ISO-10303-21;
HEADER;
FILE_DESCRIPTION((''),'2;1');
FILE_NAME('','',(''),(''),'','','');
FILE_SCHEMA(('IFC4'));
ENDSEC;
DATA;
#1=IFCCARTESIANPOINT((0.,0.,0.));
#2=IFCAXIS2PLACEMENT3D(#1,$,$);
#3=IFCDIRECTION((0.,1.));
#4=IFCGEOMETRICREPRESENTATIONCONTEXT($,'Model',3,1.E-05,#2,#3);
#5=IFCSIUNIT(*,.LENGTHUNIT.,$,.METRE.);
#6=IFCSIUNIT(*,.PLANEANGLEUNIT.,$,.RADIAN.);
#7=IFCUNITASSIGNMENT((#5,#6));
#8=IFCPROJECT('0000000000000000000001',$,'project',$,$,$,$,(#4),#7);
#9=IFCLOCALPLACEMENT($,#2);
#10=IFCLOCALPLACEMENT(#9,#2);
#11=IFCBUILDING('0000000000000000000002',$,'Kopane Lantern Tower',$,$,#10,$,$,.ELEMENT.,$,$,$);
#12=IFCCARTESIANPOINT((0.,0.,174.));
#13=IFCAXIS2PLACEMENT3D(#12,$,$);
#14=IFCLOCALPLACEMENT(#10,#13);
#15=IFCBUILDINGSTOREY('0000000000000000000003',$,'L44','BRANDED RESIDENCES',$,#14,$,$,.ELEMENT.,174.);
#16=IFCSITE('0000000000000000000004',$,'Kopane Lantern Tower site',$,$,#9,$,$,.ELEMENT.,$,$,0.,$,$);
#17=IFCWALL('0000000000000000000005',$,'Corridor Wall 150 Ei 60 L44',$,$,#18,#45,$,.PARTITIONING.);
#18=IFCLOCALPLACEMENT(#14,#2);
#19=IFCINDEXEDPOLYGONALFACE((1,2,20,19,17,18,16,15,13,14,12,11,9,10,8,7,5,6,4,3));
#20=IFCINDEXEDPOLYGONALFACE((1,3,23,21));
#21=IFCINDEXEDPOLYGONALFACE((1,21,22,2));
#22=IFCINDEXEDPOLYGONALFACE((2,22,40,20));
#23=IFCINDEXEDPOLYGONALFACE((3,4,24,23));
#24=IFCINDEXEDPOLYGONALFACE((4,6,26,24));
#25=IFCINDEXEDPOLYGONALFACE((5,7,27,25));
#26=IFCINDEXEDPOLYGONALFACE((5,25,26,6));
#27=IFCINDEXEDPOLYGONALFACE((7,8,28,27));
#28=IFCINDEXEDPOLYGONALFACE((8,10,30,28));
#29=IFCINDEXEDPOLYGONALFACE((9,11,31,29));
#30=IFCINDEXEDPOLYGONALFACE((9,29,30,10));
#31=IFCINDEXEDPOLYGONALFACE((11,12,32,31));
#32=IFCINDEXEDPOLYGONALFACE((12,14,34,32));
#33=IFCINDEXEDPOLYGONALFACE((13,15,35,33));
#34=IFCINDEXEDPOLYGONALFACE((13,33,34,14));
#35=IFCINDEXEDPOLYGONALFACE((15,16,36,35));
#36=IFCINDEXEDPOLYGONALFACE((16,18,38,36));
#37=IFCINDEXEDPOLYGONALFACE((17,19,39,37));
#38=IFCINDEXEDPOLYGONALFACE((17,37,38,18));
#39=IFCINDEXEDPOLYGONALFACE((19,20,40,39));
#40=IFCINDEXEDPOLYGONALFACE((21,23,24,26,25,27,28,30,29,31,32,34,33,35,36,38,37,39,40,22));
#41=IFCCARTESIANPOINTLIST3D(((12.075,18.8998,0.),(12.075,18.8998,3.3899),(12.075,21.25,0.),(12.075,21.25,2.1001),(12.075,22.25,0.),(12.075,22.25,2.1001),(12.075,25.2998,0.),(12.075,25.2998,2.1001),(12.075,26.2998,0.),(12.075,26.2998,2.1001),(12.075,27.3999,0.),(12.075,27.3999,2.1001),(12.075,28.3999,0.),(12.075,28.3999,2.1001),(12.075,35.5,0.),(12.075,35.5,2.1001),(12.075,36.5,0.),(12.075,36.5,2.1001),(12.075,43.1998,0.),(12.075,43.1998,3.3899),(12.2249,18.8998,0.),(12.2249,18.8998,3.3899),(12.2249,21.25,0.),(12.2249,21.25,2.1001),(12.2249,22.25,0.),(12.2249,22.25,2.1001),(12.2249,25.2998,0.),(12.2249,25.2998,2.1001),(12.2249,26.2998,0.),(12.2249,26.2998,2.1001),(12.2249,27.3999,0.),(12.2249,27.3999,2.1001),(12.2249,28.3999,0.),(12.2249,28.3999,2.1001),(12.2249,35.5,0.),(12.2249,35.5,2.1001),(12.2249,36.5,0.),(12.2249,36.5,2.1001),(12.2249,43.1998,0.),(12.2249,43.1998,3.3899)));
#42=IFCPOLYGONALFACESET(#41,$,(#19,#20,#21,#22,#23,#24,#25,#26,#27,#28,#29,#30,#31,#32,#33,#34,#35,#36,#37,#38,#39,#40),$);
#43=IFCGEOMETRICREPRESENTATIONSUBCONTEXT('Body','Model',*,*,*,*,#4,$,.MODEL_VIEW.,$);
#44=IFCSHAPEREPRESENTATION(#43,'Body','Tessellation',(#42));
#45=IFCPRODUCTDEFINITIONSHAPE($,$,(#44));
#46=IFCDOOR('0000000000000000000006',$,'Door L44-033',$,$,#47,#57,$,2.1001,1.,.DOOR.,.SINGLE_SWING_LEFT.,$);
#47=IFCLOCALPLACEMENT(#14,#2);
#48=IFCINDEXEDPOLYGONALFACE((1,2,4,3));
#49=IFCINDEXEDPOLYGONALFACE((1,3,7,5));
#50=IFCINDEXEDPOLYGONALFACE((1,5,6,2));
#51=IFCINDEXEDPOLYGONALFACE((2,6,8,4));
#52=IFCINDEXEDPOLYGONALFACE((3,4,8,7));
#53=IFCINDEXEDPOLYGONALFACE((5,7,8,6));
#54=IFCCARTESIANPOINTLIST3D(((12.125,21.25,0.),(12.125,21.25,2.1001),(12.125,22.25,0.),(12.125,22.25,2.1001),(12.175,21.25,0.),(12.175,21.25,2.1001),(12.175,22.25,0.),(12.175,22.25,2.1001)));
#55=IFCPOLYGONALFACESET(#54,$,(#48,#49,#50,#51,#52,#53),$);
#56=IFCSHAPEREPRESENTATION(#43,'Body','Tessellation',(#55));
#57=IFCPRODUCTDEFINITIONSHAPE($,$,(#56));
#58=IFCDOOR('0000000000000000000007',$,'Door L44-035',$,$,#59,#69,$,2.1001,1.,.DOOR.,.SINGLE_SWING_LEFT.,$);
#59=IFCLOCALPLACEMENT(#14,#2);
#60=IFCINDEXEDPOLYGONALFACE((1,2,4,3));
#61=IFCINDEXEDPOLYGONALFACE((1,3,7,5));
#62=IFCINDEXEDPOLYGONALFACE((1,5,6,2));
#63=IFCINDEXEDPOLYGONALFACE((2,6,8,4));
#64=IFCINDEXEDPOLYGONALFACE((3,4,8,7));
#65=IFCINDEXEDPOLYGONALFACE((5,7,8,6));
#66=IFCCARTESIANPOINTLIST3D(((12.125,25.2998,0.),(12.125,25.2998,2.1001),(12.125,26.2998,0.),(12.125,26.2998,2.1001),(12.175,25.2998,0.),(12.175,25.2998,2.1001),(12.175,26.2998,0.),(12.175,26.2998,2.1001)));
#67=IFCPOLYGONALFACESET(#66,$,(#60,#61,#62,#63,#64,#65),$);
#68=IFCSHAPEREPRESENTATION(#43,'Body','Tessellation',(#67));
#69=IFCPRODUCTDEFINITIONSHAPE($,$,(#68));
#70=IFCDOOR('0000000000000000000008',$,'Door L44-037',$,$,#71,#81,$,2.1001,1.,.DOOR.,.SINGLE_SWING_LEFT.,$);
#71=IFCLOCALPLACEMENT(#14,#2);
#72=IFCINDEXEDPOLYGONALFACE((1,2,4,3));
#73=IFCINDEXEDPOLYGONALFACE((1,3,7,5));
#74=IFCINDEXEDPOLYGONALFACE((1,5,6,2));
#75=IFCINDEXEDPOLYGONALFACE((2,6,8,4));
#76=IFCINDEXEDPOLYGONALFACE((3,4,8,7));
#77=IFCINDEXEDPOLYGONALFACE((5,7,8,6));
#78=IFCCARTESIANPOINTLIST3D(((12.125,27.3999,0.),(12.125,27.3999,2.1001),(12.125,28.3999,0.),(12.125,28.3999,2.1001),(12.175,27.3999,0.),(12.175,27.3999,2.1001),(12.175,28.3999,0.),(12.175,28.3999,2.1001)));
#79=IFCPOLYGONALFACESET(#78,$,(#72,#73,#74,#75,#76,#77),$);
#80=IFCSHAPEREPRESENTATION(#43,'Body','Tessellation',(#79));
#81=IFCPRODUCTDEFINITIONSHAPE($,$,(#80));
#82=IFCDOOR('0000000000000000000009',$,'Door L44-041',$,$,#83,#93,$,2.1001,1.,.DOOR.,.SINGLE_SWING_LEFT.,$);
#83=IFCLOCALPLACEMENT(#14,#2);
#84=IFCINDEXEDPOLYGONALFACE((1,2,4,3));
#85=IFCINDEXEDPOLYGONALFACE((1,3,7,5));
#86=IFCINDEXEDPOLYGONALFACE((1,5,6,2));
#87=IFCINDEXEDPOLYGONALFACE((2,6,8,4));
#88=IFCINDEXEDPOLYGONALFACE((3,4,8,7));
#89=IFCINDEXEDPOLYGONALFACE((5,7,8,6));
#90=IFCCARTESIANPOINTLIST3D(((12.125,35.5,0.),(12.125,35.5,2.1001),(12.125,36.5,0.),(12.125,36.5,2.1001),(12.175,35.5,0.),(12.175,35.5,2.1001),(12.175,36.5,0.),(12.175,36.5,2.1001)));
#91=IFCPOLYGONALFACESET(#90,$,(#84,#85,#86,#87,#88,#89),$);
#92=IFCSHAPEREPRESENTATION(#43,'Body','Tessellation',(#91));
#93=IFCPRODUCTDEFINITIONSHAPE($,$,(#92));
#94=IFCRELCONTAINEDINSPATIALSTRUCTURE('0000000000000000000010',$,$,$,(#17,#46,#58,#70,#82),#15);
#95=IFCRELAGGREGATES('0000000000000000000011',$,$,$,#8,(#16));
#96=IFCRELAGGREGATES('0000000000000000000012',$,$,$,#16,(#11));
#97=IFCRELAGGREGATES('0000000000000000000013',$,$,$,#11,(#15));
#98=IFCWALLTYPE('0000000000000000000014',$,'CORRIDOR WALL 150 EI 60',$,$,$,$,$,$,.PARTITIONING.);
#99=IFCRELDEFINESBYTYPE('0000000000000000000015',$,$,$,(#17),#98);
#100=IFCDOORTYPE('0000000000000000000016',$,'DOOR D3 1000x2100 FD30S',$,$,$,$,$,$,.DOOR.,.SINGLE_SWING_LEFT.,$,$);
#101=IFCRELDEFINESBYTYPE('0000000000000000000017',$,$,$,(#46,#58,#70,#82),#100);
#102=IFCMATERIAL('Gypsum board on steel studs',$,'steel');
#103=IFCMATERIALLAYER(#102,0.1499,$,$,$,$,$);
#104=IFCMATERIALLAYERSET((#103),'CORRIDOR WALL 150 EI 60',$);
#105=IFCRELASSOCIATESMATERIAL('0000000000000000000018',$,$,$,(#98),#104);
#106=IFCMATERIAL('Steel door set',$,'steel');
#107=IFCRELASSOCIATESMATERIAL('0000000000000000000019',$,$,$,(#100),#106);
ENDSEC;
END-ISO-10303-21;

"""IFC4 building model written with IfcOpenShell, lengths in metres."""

from ifc_helpers import new_model, si_unit, direction, frame, frame_2d, origin, place, context, subcontext, project, spatial, rectangle, extrude, material, layer, layer_set, type_object, element, fill, save


model = new_model("IFC4")

# Units and contexts
model_context = context("Model", 3, precision=1e-05, world=origin(), true_north=direction((0.0, 1.0)))
body_context = subcontext(model_context, "Body", "Model", "MODEL_VIEW")
ifc_project = project(units=[si_unit("LENGTHUNIT", "METRE"), si_unit("PLANEANGLEUNIT", "RADIAN")], contexts=[model_context])

# Site, building, storey
site_placement = place(None, origin())
site = spatial("IfcSite", under=ifc_project, at=site_placement, Name="Kopane Lantern Tower site", CompositionType="ELEMENT", RefElevation=0.0)
building_placement = place(site_placement, origin())
building = spatial("IfcBuilding", under=site, at=building_placement, Name="Kopane Lantern Tower", CompositionType="ELEMENT")
storey_placement = place(building_placement, frame((0.0, 0.0, 174.0)))
storey = spatial("IfcBuildingStorey", under=building, at=storey_placement, Name="L44", Description="BRANDED RESIDENCES", CompositionType="ELEMENT", Elevation=174.0)

# Wall, openings, doors
ifc_material_1 = material(Name="Gypsum board on steel studs", Category="steel")
ifc_layer_1 = layer(ifc_material_1, 0.1499)
ifc_layer_set_1 = layer_set([ifc_layer_1], Name="CORRIDOR WALL 150 EI 60")
wall_type_1 = type_object("IfcWallType", Name="CORRIDOR WALL 150 EI 60", PredefinedType="PARTITIONING", material=ifc_layer_set_1)
ifc_material_2 = material(Name="Steel door set", Category="steel")
door_type_1 = type_object("IfcDoorType", Name="DOOR D3 1000x2100 FD30S", OperationType="SINGLE_SWING_LEFT", PredefinedType="DOOR", material=ifc_material_2)
wall_1_placement = place(storey_placement, frame((12.1499, 18.8999, 0.0), z_axis=(0.0, 0.0, 1.0), x_axis=(0.0, 1.0, 0.0)))
wall_1 = element("IfcWall", 1, at=wall_1_placement, inside=storey, type_object=wall_type_1, Name="Corridor Wall 150 Ei 60 L44", PredefinedType="PARTITIONING", context=body_context, shape_type="SweptSolid", body=[
    extrude(rectangle(XDim=24.3, YDim=0.1499, at=frame_2d((12.1499, 0.0))), origin(), (0.0, 0.0, 1.0), 3.3899),
])
opening_1_placement = place(wall_1_placement, frame((2.3501, 0.0, 0.0)))
opening_1 = element("IfcOpeningElement", 2, at=opening_1_placement, cuts=wall_1, PredefinedType="OPENING", context=body_context, shape_type="SweptSolid", body=[
    extrude(rectangle(XDim=1.0, YDim=2.1001, at=frame_2d((0.5, 1.05))), frame((0.0, 0.085, 0.0), z_axis=(0.0, -1.0, 0.0), x_axis=(1.0, 0.0, 0.0)), (0.0, 0.0, 1.0), 0.1699),
])
opening_2_placement = place(wall_1_placement, frame((6.3999, 0.0, 0.0)))
opening_2 = element("IfcOpeningElement", 3, at=opening_2_placement, cuts=wall_1, PredefinedType="OPENING", context=body_context, shape_type="SweptSolid", body=[
    extrude(rectangle(XDim=1.0, YDim=2.1001, at=frame_2d((0.5, 1.05))), frame((0.0, 0.085, 0.0), z_axis=(0.0, -1.0, 0.0), x_axis=(1.0, 0.0, 0.0)), (0.0, 0.0, 1.0), 0.1699),
])
opening_3_placement = place(wall_1_placement, frame((8.5, 0.0, 0.0)))
opening_3 = element("IfcOpeningElement", 4, at=opening_3_placement, cuts=wall_1, PredefinedType="OPENING", context=body_context, shape_type="SweptSolid", body=[
    extrude(rectangle(XDim=1.0, YDim=2.1001, at=frame_2d((0.5, 1.05))), frame((0.0, 0.085, 0.0), z_axis=(0.0, -1.0, 0.0), x_axis=(1.0, 0.0, 0.0)), (0.0, 0.0, 1.0), 0.1699),
])
opening_4_placement = place(wall_1_placement, frame((16.6001, 0.0, 0.0)))
opening_4 = element("IfcOpeningElement", 5, at=opening_4_placement, cuts=wall_1, PredefinedType="OPENING", context=body_context, shape_type="SweptSolid", body=[
    extrude(rectangle(XDim=1.0, YDim=2.1001, at=frame_2d((0.5, 1.05))), frame((0.0, 0.085, 0.0), z_axis=(0.0, -1.0, 0.0), x_axis=(1.0, 0.0, 0.0)), (0.0, 0.0, 1.0), 0.1699),
])
door_1_placement = place(opening_1_placement, origin())
door_1 = element("IfcDoor", 6, at=door_1_placement, inside=storey, type_object=door_type_1, Name="Door L44-033", OperationType="SINGLE_SWING_LEFT", OverallHeight=2.1001, OverallWidth=1.0, PredefinedType="DOOR", context=body_context, shape_type="SweptSolid", body=[
    extrude(rectangle(XDim=1.0, YDim=2.1001, at=frame_2d((0.5, 1.05))), frame((0.0, 0.0249, 0.0), z_axis=(0.0, -1.0, 0.0), x_axis=(1.0, 0.0, 0.0)), (0.0, 0.0, 1.0), 0.05),
])
fill(opening_1, door_1)
door_2_placement = place(opening_2_placement, origin())
door_2 = element("IfcDoor", 7, at=door_2_placement, inside=storey, type_object=door_type_1, Name="Door L44-035", OperationType="SINGLE_SWING_LEFT", OverallHeight=2.1001, OverallWidth=1.0, PredefinedType="DOOR", context=body_context, shape_type="SweptSolid", body=[
    extrude(rectangle(XDim=1.0, YDim=2.1001, at=frame_2d((0.5, 1.05))), frame((0.0, 0.0249, 0.0), z_axis=(0.0, -1.0, 0.0), x_axis=(1.0, 0.0, 0.0)), (0.0, 0.0, 1.0), 0.05),
])
fill(opening_2, door_2)
door_3_placement = place(opening_3_placement, origin())
door_3 = element("IfcDoor", 8, at=door_3_placement, inside=storey, type_object=door_type_1, Name="Door L44-037", OperationType="SINGLE_SWING_LEFT", OverallHeight=2.1001, OverallWidth=1.0, PredefinedType="DOOR", context=body_context, shape_type="SweptSolid", body=[
    extrude(rectangle(XDim=1.0, YDim=2.1001, at=frame_2d((0.5, 1.05))), frame((0.0, 0.0249, 0.0), z_axis=(0.0, -1.0, 0.0), x_axis=(1.0, 0.0, 0.0)), (0.0, 0.0, 1.0), 0.05),
])
fill(opening_3, door_3)
door_4_placement = place(opening_4_placement, origin())
door_4 = element("IfcDoor", 9, at=door_4_placement, inside=storey, type_object=door_type_1, Name="Door L44-041", OperationType="SINGLE_SWING_LEFT", OverallHeight=2.1001, OverallWidth=1.0, PredefinedType="DOOR", context=body_context, shape_type="SweptSolid", body=[
    extrude(rectangle(XDim=1.0, YDim=2.1001, at=frame_2d((0.5, 1.05))), frame((0.0, 0.0249, 0.0), z_axis=(0.0, -1.0, 0.0), x_axis=(1.0, 0.0, 0.0)), (0.0, 0.0, 1.0), 0.05),
])
fill(opening_4, door_4)

save(model, "model.ifc")
